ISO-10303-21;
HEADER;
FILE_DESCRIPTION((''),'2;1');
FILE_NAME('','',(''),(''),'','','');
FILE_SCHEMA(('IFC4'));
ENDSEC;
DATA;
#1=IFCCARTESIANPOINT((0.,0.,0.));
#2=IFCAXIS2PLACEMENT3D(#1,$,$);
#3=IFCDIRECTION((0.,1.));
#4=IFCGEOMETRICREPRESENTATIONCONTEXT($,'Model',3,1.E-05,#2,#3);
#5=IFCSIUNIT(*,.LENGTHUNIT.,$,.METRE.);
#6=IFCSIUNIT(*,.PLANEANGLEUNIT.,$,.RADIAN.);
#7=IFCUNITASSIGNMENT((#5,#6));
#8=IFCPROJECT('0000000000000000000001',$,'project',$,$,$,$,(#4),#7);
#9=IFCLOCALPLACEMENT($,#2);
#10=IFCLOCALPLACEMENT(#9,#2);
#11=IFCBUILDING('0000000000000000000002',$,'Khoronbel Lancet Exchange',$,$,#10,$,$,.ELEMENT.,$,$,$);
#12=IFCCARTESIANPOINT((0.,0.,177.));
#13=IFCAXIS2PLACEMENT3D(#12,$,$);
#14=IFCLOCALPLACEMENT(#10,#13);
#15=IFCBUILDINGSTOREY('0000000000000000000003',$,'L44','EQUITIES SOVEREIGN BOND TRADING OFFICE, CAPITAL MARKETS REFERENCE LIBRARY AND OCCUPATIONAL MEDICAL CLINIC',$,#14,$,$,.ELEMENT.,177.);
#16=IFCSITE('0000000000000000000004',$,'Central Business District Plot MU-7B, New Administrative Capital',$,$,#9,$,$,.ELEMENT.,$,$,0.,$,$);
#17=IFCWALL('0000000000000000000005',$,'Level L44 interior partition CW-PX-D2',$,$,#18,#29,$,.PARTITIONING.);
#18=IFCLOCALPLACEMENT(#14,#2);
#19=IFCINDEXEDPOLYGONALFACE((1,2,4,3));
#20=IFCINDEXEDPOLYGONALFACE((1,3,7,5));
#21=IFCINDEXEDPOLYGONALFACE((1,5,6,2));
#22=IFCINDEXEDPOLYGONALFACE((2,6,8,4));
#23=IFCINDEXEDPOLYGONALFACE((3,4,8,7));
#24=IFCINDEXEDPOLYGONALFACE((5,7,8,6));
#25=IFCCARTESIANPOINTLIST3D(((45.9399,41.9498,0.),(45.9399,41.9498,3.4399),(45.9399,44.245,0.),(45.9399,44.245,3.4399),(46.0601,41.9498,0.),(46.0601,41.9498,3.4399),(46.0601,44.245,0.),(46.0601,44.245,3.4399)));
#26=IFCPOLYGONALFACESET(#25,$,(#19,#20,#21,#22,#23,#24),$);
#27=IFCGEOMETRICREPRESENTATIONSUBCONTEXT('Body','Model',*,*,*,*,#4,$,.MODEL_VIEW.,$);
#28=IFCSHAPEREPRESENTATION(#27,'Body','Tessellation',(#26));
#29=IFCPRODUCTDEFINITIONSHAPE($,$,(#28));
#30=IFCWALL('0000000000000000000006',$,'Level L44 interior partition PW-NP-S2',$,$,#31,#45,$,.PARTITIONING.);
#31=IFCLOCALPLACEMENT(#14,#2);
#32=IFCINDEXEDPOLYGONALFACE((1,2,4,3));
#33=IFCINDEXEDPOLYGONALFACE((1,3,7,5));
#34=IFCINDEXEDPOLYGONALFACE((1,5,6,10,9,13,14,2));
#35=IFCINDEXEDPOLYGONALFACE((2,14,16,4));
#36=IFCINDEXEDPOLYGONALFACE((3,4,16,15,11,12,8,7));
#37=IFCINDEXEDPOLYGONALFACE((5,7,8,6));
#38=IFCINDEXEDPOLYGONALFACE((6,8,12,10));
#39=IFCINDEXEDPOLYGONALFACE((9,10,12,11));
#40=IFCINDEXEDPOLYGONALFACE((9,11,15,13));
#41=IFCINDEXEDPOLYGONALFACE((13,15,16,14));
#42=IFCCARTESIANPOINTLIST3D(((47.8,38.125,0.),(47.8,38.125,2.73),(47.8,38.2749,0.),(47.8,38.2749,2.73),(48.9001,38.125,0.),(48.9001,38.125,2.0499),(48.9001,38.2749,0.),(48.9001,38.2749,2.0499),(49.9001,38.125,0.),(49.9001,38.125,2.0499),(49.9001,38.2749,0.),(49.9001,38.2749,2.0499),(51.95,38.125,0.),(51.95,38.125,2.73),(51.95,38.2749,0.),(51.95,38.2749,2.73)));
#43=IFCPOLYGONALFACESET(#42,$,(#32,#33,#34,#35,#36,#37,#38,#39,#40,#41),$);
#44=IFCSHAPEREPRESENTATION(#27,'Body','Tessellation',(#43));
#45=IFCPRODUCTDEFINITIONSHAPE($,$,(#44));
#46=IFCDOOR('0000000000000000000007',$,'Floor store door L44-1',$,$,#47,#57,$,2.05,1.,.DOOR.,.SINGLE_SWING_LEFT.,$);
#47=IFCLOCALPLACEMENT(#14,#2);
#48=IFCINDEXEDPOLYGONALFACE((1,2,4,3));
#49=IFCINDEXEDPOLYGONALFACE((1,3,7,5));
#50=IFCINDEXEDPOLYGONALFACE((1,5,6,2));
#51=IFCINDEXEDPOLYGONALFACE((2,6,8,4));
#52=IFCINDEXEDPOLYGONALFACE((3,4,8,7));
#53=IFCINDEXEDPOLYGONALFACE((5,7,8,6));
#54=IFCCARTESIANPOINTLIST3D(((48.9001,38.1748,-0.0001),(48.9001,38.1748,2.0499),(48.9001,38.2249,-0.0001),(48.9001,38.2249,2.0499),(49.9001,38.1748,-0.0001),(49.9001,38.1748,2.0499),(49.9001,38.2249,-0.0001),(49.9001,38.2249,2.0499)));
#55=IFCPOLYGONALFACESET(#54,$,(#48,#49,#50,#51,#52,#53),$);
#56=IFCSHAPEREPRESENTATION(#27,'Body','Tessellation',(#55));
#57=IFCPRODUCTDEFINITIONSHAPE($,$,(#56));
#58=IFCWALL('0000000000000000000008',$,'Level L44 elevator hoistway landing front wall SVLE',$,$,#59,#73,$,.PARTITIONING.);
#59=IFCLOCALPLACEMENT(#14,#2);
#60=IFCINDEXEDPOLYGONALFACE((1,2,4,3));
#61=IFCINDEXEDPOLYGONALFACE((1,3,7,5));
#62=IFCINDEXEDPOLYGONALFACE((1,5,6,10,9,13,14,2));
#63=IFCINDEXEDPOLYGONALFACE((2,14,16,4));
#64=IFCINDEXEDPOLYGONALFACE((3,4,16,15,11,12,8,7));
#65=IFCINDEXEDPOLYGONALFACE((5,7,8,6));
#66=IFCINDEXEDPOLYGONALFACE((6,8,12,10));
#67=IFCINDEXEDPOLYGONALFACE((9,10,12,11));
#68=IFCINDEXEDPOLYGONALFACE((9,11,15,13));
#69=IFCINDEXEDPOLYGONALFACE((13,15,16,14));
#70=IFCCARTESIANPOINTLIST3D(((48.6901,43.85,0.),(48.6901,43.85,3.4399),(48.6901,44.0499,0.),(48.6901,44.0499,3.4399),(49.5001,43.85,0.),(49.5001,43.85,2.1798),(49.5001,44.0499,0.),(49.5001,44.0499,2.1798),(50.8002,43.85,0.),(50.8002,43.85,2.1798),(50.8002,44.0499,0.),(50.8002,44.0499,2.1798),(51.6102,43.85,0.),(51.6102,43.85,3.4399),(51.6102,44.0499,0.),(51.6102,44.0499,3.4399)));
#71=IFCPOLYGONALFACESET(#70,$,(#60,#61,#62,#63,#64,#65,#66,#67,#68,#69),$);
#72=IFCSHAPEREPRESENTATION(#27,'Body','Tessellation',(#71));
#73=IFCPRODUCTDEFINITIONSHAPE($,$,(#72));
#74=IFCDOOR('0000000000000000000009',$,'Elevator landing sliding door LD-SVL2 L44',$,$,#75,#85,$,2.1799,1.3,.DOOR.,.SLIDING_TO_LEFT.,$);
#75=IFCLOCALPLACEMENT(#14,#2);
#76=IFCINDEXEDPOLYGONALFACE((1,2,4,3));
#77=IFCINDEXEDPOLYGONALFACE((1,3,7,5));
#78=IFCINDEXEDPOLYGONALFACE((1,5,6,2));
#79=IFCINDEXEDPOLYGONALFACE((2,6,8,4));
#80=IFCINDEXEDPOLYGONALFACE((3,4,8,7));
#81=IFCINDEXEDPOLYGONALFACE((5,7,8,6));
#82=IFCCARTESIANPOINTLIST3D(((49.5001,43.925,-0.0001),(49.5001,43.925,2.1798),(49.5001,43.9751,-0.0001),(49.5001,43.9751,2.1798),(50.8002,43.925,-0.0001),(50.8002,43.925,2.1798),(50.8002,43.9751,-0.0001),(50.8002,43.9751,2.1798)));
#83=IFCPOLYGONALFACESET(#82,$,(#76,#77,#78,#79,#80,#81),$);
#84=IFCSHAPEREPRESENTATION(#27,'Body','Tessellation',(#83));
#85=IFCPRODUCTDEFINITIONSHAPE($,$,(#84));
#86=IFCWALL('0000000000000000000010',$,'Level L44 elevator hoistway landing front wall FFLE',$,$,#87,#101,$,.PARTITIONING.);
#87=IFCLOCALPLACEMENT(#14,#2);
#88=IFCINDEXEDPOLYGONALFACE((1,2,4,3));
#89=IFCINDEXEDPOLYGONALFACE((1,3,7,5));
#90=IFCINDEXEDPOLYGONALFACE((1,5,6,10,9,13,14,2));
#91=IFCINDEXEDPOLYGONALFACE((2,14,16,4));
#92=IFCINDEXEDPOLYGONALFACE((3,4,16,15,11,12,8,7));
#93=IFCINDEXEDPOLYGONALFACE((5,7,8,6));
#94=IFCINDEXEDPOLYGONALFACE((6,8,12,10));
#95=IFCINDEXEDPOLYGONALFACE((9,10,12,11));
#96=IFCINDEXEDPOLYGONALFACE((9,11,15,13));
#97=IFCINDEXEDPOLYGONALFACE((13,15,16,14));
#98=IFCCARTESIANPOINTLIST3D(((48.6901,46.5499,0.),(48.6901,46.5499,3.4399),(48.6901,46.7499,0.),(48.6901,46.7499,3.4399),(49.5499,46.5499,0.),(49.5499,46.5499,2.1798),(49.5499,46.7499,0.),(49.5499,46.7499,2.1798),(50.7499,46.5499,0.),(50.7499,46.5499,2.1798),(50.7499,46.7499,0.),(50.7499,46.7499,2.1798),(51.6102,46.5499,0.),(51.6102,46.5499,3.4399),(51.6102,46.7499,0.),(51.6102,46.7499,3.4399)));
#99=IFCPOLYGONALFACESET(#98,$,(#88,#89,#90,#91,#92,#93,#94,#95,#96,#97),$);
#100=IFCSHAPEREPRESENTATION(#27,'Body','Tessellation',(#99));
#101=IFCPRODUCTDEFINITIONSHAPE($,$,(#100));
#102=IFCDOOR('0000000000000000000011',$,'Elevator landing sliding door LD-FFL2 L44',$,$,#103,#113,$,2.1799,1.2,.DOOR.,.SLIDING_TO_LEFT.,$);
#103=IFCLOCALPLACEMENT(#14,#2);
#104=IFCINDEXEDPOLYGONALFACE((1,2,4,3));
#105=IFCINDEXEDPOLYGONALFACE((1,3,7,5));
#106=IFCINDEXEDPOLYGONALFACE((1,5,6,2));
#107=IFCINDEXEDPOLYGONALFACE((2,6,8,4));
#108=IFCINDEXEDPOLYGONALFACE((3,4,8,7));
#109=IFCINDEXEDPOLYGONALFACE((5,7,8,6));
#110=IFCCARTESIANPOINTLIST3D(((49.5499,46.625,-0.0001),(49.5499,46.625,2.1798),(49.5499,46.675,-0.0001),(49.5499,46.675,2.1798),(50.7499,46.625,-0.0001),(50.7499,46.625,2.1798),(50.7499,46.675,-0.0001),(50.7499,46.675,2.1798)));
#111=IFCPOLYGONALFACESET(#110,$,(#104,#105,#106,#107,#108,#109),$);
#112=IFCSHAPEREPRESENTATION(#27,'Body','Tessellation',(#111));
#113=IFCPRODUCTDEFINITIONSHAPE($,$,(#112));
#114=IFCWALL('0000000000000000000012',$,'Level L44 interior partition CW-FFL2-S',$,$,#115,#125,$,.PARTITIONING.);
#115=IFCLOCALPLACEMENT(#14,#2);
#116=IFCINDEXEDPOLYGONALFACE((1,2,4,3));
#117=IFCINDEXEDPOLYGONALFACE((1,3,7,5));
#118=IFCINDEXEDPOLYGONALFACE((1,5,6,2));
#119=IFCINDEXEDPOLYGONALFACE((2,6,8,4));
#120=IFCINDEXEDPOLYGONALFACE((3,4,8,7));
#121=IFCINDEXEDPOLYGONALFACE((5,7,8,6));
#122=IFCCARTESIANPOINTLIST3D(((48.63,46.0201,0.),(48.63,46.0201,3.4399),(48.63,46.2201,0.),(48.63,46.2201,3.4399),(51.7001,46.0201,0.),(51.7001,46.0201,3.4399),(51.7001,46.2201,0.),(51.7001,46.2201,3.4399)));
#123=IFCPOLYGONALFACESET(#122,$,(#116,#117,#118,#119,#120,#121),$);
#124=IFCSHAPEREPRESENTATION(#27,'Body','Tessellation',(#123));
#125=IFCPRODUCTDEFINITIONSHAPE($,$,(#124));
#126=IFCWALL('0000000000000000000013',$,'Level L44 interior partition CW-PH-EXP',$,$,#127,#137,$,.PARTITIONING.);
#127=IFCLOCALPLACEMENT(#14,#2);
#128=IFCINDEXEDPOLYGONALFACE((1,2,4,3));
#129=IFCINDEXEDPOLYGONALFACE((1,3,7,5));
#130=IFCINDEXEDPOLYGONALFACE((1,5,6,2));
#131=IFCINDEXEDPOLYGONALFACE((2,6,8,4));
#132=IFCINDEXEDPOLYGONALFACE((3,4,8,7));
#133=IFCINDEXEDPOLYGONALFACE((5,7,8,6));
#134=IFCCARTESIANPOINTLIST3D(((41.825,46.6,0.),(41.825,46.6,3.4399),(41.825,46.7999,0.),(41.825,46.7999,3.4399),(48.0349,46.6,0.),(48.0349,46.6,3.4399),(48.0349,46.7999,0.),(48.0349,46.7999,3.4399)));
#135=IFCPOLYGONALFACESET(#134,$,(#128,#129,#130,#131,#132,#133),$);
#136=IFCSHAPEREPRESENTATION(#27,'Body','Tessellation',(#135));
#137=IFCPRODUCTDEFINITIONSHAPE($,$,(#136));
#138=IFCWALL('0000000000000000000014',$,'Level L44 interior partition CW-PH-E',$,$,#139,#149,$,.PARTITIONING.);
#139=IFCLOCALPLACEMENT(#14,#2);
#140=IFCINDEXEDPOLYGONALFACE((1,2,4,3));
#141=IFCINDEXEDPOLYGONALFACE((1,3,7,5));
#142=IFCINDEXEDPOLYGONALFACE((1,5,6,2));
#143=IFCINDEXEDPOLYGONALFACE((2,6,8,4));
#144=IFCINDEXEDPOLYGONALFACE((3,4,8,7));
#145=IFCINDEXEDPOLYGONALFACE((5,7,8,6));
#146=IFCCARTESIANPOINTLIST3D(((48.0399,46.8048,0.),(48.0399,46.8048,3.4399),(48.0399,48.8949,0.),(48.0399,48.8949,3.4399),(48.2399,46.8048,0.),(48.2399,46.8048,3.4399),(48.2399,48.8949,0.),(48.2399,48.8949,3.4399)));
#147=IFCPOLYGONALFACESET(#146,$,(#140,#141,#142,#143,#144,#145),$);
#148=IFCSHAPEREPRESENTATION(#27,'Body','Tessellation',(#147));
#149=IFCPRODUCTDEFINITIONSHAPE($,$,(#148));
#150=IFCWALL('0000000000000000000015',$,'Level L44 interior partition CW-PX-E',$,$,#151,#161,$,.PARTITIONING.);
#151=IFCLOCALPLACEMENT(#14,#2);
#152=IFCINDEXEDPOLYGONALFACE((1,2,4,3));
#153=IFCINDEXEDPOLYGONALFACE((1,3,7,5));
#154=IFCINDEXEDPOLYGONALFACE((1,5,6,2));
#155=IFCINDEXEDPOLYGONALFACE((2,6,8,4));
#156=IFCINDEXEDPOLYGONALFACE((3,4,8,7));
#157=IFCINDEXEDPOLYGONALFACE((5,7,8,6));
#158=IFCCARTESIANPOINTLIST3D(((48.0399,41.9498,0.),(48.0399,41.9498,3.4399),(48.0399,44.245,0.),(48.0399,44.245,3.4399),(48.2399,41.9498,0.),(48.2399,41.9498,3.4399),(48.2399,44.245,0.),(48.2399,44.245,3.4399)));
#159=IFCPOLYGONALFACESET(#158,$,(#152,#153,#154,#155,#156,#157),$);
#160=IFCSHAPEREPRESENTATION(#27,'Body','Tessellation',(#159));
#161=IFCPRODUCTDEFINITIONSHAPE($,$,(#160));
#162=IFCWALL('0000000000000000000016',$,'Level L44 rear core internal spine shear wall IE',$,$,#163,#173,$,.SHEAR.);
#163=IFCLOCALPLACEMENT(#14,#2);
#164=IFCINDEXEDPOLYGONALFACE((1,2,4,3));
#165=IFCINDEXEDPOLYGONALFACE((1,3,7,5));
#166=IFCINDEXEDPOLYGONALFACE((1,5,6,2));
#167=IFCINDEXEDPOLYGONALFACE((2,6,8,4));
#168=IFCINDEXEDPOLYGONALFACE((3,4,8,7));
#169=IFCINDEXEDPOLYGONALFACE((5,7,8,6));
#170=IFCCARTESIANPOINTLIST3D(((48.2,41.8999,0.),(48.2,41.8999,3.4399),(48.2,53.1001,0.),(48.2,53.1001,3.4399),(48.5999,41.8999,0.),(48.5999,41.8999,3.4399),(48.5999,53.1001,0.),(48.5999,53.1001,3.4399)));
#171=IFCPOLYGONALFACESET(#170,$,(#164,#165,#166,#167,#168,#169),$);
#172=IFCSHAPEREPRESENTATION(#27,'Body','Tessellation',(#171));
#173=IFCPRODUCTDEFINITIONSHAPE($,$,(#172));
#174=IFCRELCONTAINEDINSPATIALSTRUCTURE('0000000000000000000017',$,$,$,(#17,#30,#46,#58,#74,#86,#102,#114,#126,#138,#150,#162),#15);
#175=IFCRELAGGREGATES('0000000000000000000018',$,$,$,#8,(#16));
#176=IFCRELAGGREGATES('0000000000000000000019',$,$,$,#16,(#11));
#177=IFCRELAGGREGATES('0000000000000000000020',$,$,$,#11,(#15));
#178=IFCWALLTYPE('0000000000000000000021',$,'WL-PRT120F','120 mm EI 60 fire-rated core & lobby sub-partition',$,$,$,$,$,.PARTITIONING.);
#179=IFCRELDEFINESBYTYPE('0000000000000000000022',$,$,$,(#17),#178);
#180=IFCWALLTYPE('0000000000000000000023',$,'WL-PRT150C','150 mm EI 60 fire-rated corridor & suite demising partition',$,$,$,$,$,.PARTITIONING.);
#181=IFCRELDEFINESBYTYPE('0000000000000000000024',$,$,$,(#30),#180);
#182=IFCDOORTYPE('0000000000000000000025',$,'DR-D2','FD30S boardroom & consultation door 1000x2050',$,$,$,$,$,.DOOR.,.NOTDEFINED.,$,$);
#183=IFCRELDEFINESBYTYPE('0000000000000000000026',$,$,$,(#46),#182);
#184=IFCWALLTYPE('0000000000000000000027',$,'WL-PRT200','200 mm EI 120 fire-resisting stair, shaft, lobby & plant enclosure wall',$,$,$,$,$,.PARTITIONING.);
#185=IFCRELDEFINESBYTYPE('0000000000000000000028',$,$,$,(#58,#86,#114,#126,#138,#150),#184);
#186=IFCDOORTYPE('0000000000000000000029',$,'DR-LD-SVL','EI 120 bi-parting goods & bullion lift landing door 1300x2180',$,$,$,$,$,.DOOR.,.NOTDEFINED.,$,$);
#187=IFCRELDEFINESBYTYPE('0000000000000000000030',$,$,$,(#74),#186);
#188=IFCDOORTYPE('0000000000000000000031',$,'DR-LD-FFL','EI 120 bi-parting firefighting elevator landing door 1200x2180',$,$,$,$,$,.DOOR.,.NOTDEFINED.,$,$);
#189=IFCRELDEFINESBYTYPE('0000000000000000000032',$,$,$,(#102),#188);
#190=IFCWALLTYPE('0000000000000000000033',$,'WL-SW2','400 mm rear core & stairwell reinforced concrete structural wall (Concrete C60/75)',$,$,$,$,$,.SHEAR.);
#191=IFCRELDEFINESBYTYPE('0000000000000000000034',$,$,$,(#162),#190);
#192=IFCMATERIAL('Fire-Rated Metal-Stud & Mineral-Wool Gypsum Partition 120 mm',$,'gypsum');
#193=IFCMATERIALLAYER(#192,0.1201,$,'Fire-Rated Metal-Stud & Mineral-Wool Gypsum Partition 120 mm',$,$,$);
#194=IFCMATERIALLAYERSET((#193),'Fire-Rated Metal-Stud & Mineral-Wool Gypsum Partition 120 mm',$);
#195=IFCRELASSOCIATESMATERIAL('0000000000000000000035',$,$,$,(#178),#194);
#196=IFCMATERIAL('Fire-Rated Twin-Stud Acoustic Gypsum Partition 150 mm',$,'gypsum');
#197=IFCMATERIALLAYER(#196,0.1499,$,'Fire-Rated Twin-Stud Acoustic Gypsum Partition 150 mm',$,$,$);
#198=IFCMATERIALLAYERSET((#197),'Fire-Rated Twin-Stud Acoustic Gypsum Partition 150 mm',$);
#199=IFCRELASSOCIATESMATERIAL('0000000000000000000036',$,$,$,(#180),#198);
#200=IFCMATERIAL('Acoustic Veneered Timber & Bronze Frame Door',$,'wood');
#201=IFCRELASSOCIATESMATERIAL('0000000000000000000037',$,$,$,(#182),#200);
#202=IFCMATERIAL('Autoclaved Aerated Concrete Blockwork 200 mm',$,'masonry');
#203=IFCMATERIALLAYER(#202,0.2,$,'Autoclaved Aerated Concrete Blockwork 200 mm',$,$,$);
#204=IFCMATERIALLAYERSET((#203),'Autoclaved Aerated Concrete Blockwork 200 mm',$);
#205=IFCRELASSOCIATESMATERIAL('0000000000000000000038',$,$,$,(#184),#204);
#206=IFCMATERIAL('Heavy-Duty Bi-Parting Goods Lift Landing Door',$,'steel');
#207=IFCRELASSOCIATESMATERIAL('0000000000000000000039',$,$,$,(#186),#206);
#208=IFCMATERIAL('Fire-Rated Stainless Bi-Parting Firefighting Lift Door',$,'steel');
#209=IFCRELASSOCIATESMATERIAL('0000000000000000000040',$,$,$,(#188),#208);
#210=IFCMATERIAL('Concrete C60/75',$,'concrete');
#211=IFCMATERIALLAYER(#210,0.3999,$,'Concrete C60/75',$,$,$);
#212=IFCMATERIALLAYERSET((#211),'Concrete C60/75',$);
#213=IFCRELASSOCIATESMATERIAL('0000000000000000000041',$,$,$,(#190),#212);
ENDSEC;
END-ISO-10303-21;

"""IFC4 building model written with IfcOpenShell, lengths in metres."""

from ifc_helpers import new_model, si_unit, direction, frame, frame_2d, origin, place, context, subcontext, project, spatial, rectangle, extrude, material, layer, layer_set, type_object, element, fill, save


model = new_model("IFC4")

# Units and contexts
model_context = context("Model", 3, precision=1e-05, world=origin(), true_north=direction((0.0, 1.0)))
body_context = subcontext(model_context, "Body", "Model", "MODEL_VIEW")
ifc_project = project(units=[si_unit("LENGTHUNIT", "METRE"), si_unit("PLANEANGLEUNIT", "RADIAN")], contexts=[model_context])

# Site, building, storey
site_placement = place(None, origin())
site = spatial("IfcSite", under=ifc_project, at=site_placement, Name="Central Business District Plot MU-7B, New Administrative Capital", CompositionType="ELEMENT", RefElevation=0.0)
building_placement = place(site_placement, origin())
building = spatial("IfcBuilding", under=site, at=building_placement, Name="Khoronbel Lancet Exchange", CompositionType="ELEMENT")
storey_placement = place(building_placement, frame((0.0, 0.0, 177.0)))
storey = spatial("IfcBuildingStorey", under=building, at=storey_placement, Name="L44", Description="EQUITIES SOVEREIGN BOND TRADING OFFICE, CAPITAL MARKETS REFERENCE LIBRARY AND OCCUPATIONAL MEDICAL CLINIC", CompositionType="ELEMENT", Elevation=177.0)

# Wall
ifc_material_1 = material(Name="Fire-Rated Metal-Stud & Mineral-Wool Gypsum Partition 120 mm", Category="gypsum")
ifc_layer_1 = layer(ifc_material_1, 0.1201, Name="Fire-Rated Metal-Stud & Mineral-Wool Gypsum Partition 120 mm")
ifc_layer_set_1 = layer_set([ifc_layer_1], Name="Fire-Rated Metal-Stud & Mineral-Wool Gypsum Partition 120 mm")
wall_type_1 = type_object("IfcWallType", Name="WL-PRT120F", Description="120 mm EI 60 fire-rated core & lobby sub-partition", PredefinedType="PARTITIONING", material=ifc_layer_set_1)
for number, where, z_axis, x_axis, name in (
    (1, (46.0, 41.95, 0.0), (0.0, 0.0, 1.0), (0.0, 1.0, 0.0), "Level L44 interior partition CW-PX-D2"),
):
    element("IfcWall", number, at=place(storey_placement, frame(where, z_axis=z_axis, x_axis=x_axis)), inside=storey, type_object=wall_type_1, Name=name, PredefinedType="PARTITIONING", context=body_context, shape_type="SweptSolid", body=[
        extrude(rectangle(XDim=2.2952, YDim=0.1201, at=frame_2d((1.1475, 0.0))), origin(), (0.0, 0.0, 1.0), 3.4399),
    ])

# Walls, openings, doors
ifc_material_2 = material(Name="Fire-Rated Twin-Stud Acoustic Gypsum Partition 150 mm", Category="gypsum")
ifc_layer_2 = layer(ifc_material_2, 0.1499, Name="Fire-Rated Twin-Stud Acoustic Gypsum Partition 150 mm")
ifc_layer_set_2 = layer_set([ifc_layer_2], Name="Fire-Rated Twin-Stud Acoustic Gypsum Partition 150 mm")
wall_type_2 = type_object("IfcWallType", Name="WL-PRT150C", Description="150 mm EI 60 fire-rated corridor & suite demising partition", PredefinedType="PARTITIONING", material=ifc_layer_set_2)
wall_1_placement = place(storey_placement, frame((47.8, 38.2, 0.0), z_axis=(0.0, 0.0, 1.0), x_axis=(1.0, 0.0, 0.0)))
wall_1 = element("IfcWall", 2, at=wall_1_placement, inside=storey, type_object=wall_type_2, Name="Level L44 interior partition PW-NP-S2", PredefinedType="PARTITIONING", context=body_context, shape_type="SweptSolid", body=[
    extrude(rectangle(XDim=4.1499, YDim=0.1499, at=frame_2d((2.075, 0.0))), origin(), (0.0, 0.0, 1.0), 2.73),
])
opening_1_placement = place(wall_1_placement, frame((1.1001, 0.0, 0.0)))
opening_1 = element("IfcOpeningElement", 3, at=opening_1_placement, cuts=wall_1, PredefinedType="OPENING", context=body_context, shape_type="SweptSolid", body=[
    extrude(rectangle(XDim=1.0, YDim=2.05, at=frame_2d((0.5, 1.0249))), frame((0.0, 0.085, 0.0), z_axis=(0.0, -1.0, 0.0), x_axis=(1.0, 0.0, 0.0)), (0.0, 0.0, 1.0), 0.1699),
])
ifc_material_3 = material(Name="Acoustic Veneered Timber & Bronze Frame Door", Category="wood")
door_type_1 = type_object("IfcDoorType", Name="DR-D2", Description="FD30S boardroom & consultation door 1000x2050", OperationType="NOTDEFINED", PredefinedType="DOOR", material=ifc_material_3)
door_1_placement = place(opening_1_placement, origin())
door_1 = element("IfcDoor", 4, at=door_1_placement, inside=storey, type_object=door_type_1, Name="Floor store door L44-1", OperationType="SINGLE_SWING_LEFT", OverallHeight=2.05, OverallWidth=1.0, PredefinedType="DOOR", context=body_context, shape_type="SweptSolid", body=[
    extrude(rectangle(XDim=1.0, YDim=2.05, at=frame_2d((0.5, 1.0249))), frame((0.0, 0.0249, 0.0), z_axis=(0.0, -1.0, 0.0), x_axis=(1.0, 0.0, 0.0)), (0.0, 0.0, 1.0), 0.05),
])
fill(opening_1, door_1)
ifc_material_4 = material(Name="Autoclaved Aerated Concrete Blockwork 200 mm", Category="masonry")
ifc_layer_3 = layer(ifc_material_4, 0.2, Name="Autoclaved Aerated Concrete Blockwork 200 mm")
ifc_layer_set_3 = layer_set([ifc_layer_3], Name="Autoclaved Aerated Concrete Blockwork 200 mm")
wall_type_3 = type_object("IfcWallType", Name="WL-PRT200", Description="200 mm EI 120 fire-resisting stair, shaft, lobby & plant enclosure wall", PredefinedType="PARTITIONING", material=ifc_layer_set_3)
wall_2_placement = place(storey_placement, frame((51.6101, 43.95, 0.0), z_axis=(0.0, 0.0, 1.0), x_axis=(-1.0, 0.0, 0.0)))
wall_2 = element("IfcWall", 5, at=wall_2_placement, inside=storey, type_object=wall_type_3, Name="Level L44 elevator hoistway landing front wall SVLE", PredefinedType="PARTITIONING", context=body_context, shape_type="SweptSolid", body=[
    extrude(rectangle(XDim=2.9202, YDim=0.2, at=frame_2d((1.46, 0.0))), origin(), (0.0, 0.0, 1.0), 3.4399),
])
opening_2_placement = place(wall_2_placement, frame((0.8101, 0.0, 0.0)))
opening_2 = element("IfcOpeningElement", 6, at=opening_2_placement, cuts=wall_2, PredefinedType="OPENING", context=body_context, shape_type="SweptSolid", body=[
    extrude(rectangle(XDim=1.3, YDim=2.1799, at=frame_2d((0.6499, 1.0898))), frame((0.0, 0.1099, 0.0), z_axis=(0.0, -1.0, 0.0), x_axis=(1.0, 0.0, 0.0)), (0.0, 0.0, 1.0), 0.22),
])
ifc_material_5 = material(Name="Heavy-Duty Bi-Parting Goods Lift Landing Door", Category="steel")
door_type_2 = type_object("IfcDoorType", Name="DR-LD-SVL", Description="EI 120 bi-parting goods & bullion lift landing door 1300x2180", OperationType="NOTDEFINED", PredefinedType="DOOR", material=ifc_material_5)
door_2_placement = place(opening_2_placement, origin())
door_2 = element("IfcDoor", 7, at=door_2_placement, inside=storey, type_object=door_type_2, Name="Elevator landing sliding door LD-SVL2 L44", OperationType="SLIDING_TO_LEFT", OverallHeight=2.1799, OverallWidth=1.3, PredefinedType="DOOR", context=body_context, shape_type="SweptSolid", body=[
    extrude(rectangle(XDim=1.3, YDim=2.1799, at=frame_2d((0.6499, 1.0898))), frame((0.0, 0.0249, 0.0), z_axis=(0.0, -1.0, 0.0), x_axis=(1.0, 0.0, 0.0)), (0.0, 0.0, 1.0), 0.05),
])
fill(opening_2, door_2)
wall_3_placement = place(storey_placement, frame((51.6101, 46.6499, 0.0), z_axis=(0.0, 0.0, 1.0), x_axis=(-1.0, 0.0, 0.0)))
wall_3 = element("IfcWall", 8, at=wall_3_placement, inside=storey, type_object=wall_type_3, Name="Level L44 elevator hoistway landing front wall FFLE", PredefinedType="PARTITIONING", context=body_context, shape_type="SweptSolid", body=[
    extrude(rectangle(XDim=2.9202, YDim=0.2, at=frame_2d((1.46, 0.0))), origin(), (0.0, 0.0, 1.0), 3.4399),
])
opening_3_placement = place(wall_3_placement, frame((0.8601, 0.0, 0.0)))
opening_3 = element("IfcOpeningElement", 9, at=opening_3_placement, cuts=wall_3, PredefinedType="OPENING", context=body_context, shape_type="SweptSolid", body=[
    extrude(rectangle(XDim=1.2, YDim=2.1799, at=frame_2d((0.6001, 1.0898))), frame((0.0, 0.1099, 0.0), z_axis=(0.0, -1.0, 0.0), x_axis=(1.0, 0.0, 0.0)), (0.0, 0.0, 1.0), 0.22),
])
ifc_material_6 = material(Name="Fire-Rated Stainless Bi-Parting Firefighting Lift Door", Category="steel")
door_type_3 = type_object("IfcDoorType", Name="DR-LD-FFL", Description="EI 120 bi-parting firefighting elevator landing door 1200x2180", OperationType="NOTDEFINED", PredefinedType="DOOR", material=ifc_material_6)
door_3_placement = place(opening_3_placement, origin())
door_3 = element("IfcDoor", 10, at=door_3_placement, inside=storey, type_object=door_type_3, Name="Elevator landing sliding door LD-FFL2 L44", OperationType="SLIDING_TO_LEFT", OverallHeight=2.1799, OverallWidth=1.2, PredefinedType="DOOR", context=body_context, shape_type="SweptSolid", body=[
    extrude(rectangle(XDim=1.2, YDim=2.1799, at=frame_2d((0.6001, 1.0898))), frame((0.0, 0.0249, 0.0), z_axis=(0.0, -1.0, 0.0), x_axis=(1.0, 0.0, 0.0)), (0.0, 0.0, 1.0), 0.05),
])
fill(opening_3, door_3)

# Walls
wall_4_placement = place(storey_placement, frame((48.6299, 46.1201, 0.0), z_axis=(0.0, 0.0, 1.0), x_axis=(1.0, 0.0, 0.0)))
element("IfcWall", 11, at=wall_4_placement, inside=storey, type_object=wall_type_3, Name="Level L44 interior partition CW-FFL2-S", PredefinedType="PARTITIONING", context=body_context, shape_type="SweptSolid", body=[
    extrude(rectangle(XDim=3.0701, YDim=0.2, at=frame_2d((1.5352, 0.0))), origin(), (0.0, 0.0, 1.0), 3.4399),
])
wall_5_placement = place(storey_placement, frame((41.825, 46.7, 0.0), z_axis=(0.0, 0.0, 1.0), x_axis=(1.0, 0.0, 0.0)))
element("IfcWall", 12, at=wall_5_placement, inside=storey, type_object=wall_type_3, Name="Level L44 interior partition CW-PH-EXP", PredefinedType="PARTITIONING", context=body_context, shape_type="SweptSolid", body=[
    extrude(rectangle(XDim=6.21, YDim=0.2, at=frame_2d((3.105, 0.0))), origin(), (0.0, 0.0, 1.0), 3.4399),
])
wall_6_placement = place(storey_placement, frame((48.1399, 46.8049, 0.0), z_axis=(0.0, 0.0, 1.0), x_axis=(0.0, 1.0, 0.0)))
element("IfcWall", 13, at=wall_6_placement, inside=storey, type_object=wall_type_3, Name="Level L44 interior partition CW-PH-E", PredefinedType="PARTITIONING", context=body_context, shape_type="SweptSolid", body=[
    extrude(rectangle(XDim=2.0901, YDim=0.2, at=frame_2d((1.0449, 0.0))), origin(), (0.0, 0.0, 1.0), 3.4399),
])
wall_7_placement = place(storey_placement, frame((48.1399, 41.95, 0.0), z_axis=(0.0, 0.0, 1.0), x_axis=(0.0, 1.0, 0.0)))
element("IfcWall", 14, at=wall_7_placement, inside=storey, type_object=wall_type_3, Name="Level L44 interior partition CW-PX-E", PredefinedType="PARTITIONING", context=body_context, shape_type="SweptSolid", body=[
    extrude(rectangle(XDim=2.2952, YDim=0.2, at=frame_2d((1.1475, 0.0))), origin(), (0.0, 0.0, 1.0), 3.4399),
])
ifc_material_7 = material(Name="Concrete C60/75", Category="concrete")
ifc_layer_4 = layer(ifc_material_7, 0.3999, Name="Concrete C60/75")
ifc_layer_set_4 = layer_set([ifc_layer_4], Name="Concrete C60/75")
wall_type_4 = type_object("IfcWallType", Name="WL-SW2", Description="400 mm rear core & stairwell reinforced concrete structural wall (Concrete C60/75)", PredefinedType="SHEAR", material=ifc_layer_set_4)
wall_8_placement = place(storey_placement, frame((48.3999, 41.8999, 0.0), z_axis=(0.0, 0.0, 1.0), x_axis=(0.0, 1.0, 0.0)))
element("IfcWall", 15, at=wall_8_placement, inside=storey, type_object=wall_type_4, Name="Level L44 rear core internal spine shear wall IE", PredefinedType="SHEAR", context=body_context, shape_type="SweptSolid", body=[
    extrude(rectangle(XDim=11.2002, YDim=0.3999, at=frame_2d((5.6001, 0.0))), origin(), (0.0, 0.0, 1.0), 3.4399),
])

save(model, "model.ifc")
